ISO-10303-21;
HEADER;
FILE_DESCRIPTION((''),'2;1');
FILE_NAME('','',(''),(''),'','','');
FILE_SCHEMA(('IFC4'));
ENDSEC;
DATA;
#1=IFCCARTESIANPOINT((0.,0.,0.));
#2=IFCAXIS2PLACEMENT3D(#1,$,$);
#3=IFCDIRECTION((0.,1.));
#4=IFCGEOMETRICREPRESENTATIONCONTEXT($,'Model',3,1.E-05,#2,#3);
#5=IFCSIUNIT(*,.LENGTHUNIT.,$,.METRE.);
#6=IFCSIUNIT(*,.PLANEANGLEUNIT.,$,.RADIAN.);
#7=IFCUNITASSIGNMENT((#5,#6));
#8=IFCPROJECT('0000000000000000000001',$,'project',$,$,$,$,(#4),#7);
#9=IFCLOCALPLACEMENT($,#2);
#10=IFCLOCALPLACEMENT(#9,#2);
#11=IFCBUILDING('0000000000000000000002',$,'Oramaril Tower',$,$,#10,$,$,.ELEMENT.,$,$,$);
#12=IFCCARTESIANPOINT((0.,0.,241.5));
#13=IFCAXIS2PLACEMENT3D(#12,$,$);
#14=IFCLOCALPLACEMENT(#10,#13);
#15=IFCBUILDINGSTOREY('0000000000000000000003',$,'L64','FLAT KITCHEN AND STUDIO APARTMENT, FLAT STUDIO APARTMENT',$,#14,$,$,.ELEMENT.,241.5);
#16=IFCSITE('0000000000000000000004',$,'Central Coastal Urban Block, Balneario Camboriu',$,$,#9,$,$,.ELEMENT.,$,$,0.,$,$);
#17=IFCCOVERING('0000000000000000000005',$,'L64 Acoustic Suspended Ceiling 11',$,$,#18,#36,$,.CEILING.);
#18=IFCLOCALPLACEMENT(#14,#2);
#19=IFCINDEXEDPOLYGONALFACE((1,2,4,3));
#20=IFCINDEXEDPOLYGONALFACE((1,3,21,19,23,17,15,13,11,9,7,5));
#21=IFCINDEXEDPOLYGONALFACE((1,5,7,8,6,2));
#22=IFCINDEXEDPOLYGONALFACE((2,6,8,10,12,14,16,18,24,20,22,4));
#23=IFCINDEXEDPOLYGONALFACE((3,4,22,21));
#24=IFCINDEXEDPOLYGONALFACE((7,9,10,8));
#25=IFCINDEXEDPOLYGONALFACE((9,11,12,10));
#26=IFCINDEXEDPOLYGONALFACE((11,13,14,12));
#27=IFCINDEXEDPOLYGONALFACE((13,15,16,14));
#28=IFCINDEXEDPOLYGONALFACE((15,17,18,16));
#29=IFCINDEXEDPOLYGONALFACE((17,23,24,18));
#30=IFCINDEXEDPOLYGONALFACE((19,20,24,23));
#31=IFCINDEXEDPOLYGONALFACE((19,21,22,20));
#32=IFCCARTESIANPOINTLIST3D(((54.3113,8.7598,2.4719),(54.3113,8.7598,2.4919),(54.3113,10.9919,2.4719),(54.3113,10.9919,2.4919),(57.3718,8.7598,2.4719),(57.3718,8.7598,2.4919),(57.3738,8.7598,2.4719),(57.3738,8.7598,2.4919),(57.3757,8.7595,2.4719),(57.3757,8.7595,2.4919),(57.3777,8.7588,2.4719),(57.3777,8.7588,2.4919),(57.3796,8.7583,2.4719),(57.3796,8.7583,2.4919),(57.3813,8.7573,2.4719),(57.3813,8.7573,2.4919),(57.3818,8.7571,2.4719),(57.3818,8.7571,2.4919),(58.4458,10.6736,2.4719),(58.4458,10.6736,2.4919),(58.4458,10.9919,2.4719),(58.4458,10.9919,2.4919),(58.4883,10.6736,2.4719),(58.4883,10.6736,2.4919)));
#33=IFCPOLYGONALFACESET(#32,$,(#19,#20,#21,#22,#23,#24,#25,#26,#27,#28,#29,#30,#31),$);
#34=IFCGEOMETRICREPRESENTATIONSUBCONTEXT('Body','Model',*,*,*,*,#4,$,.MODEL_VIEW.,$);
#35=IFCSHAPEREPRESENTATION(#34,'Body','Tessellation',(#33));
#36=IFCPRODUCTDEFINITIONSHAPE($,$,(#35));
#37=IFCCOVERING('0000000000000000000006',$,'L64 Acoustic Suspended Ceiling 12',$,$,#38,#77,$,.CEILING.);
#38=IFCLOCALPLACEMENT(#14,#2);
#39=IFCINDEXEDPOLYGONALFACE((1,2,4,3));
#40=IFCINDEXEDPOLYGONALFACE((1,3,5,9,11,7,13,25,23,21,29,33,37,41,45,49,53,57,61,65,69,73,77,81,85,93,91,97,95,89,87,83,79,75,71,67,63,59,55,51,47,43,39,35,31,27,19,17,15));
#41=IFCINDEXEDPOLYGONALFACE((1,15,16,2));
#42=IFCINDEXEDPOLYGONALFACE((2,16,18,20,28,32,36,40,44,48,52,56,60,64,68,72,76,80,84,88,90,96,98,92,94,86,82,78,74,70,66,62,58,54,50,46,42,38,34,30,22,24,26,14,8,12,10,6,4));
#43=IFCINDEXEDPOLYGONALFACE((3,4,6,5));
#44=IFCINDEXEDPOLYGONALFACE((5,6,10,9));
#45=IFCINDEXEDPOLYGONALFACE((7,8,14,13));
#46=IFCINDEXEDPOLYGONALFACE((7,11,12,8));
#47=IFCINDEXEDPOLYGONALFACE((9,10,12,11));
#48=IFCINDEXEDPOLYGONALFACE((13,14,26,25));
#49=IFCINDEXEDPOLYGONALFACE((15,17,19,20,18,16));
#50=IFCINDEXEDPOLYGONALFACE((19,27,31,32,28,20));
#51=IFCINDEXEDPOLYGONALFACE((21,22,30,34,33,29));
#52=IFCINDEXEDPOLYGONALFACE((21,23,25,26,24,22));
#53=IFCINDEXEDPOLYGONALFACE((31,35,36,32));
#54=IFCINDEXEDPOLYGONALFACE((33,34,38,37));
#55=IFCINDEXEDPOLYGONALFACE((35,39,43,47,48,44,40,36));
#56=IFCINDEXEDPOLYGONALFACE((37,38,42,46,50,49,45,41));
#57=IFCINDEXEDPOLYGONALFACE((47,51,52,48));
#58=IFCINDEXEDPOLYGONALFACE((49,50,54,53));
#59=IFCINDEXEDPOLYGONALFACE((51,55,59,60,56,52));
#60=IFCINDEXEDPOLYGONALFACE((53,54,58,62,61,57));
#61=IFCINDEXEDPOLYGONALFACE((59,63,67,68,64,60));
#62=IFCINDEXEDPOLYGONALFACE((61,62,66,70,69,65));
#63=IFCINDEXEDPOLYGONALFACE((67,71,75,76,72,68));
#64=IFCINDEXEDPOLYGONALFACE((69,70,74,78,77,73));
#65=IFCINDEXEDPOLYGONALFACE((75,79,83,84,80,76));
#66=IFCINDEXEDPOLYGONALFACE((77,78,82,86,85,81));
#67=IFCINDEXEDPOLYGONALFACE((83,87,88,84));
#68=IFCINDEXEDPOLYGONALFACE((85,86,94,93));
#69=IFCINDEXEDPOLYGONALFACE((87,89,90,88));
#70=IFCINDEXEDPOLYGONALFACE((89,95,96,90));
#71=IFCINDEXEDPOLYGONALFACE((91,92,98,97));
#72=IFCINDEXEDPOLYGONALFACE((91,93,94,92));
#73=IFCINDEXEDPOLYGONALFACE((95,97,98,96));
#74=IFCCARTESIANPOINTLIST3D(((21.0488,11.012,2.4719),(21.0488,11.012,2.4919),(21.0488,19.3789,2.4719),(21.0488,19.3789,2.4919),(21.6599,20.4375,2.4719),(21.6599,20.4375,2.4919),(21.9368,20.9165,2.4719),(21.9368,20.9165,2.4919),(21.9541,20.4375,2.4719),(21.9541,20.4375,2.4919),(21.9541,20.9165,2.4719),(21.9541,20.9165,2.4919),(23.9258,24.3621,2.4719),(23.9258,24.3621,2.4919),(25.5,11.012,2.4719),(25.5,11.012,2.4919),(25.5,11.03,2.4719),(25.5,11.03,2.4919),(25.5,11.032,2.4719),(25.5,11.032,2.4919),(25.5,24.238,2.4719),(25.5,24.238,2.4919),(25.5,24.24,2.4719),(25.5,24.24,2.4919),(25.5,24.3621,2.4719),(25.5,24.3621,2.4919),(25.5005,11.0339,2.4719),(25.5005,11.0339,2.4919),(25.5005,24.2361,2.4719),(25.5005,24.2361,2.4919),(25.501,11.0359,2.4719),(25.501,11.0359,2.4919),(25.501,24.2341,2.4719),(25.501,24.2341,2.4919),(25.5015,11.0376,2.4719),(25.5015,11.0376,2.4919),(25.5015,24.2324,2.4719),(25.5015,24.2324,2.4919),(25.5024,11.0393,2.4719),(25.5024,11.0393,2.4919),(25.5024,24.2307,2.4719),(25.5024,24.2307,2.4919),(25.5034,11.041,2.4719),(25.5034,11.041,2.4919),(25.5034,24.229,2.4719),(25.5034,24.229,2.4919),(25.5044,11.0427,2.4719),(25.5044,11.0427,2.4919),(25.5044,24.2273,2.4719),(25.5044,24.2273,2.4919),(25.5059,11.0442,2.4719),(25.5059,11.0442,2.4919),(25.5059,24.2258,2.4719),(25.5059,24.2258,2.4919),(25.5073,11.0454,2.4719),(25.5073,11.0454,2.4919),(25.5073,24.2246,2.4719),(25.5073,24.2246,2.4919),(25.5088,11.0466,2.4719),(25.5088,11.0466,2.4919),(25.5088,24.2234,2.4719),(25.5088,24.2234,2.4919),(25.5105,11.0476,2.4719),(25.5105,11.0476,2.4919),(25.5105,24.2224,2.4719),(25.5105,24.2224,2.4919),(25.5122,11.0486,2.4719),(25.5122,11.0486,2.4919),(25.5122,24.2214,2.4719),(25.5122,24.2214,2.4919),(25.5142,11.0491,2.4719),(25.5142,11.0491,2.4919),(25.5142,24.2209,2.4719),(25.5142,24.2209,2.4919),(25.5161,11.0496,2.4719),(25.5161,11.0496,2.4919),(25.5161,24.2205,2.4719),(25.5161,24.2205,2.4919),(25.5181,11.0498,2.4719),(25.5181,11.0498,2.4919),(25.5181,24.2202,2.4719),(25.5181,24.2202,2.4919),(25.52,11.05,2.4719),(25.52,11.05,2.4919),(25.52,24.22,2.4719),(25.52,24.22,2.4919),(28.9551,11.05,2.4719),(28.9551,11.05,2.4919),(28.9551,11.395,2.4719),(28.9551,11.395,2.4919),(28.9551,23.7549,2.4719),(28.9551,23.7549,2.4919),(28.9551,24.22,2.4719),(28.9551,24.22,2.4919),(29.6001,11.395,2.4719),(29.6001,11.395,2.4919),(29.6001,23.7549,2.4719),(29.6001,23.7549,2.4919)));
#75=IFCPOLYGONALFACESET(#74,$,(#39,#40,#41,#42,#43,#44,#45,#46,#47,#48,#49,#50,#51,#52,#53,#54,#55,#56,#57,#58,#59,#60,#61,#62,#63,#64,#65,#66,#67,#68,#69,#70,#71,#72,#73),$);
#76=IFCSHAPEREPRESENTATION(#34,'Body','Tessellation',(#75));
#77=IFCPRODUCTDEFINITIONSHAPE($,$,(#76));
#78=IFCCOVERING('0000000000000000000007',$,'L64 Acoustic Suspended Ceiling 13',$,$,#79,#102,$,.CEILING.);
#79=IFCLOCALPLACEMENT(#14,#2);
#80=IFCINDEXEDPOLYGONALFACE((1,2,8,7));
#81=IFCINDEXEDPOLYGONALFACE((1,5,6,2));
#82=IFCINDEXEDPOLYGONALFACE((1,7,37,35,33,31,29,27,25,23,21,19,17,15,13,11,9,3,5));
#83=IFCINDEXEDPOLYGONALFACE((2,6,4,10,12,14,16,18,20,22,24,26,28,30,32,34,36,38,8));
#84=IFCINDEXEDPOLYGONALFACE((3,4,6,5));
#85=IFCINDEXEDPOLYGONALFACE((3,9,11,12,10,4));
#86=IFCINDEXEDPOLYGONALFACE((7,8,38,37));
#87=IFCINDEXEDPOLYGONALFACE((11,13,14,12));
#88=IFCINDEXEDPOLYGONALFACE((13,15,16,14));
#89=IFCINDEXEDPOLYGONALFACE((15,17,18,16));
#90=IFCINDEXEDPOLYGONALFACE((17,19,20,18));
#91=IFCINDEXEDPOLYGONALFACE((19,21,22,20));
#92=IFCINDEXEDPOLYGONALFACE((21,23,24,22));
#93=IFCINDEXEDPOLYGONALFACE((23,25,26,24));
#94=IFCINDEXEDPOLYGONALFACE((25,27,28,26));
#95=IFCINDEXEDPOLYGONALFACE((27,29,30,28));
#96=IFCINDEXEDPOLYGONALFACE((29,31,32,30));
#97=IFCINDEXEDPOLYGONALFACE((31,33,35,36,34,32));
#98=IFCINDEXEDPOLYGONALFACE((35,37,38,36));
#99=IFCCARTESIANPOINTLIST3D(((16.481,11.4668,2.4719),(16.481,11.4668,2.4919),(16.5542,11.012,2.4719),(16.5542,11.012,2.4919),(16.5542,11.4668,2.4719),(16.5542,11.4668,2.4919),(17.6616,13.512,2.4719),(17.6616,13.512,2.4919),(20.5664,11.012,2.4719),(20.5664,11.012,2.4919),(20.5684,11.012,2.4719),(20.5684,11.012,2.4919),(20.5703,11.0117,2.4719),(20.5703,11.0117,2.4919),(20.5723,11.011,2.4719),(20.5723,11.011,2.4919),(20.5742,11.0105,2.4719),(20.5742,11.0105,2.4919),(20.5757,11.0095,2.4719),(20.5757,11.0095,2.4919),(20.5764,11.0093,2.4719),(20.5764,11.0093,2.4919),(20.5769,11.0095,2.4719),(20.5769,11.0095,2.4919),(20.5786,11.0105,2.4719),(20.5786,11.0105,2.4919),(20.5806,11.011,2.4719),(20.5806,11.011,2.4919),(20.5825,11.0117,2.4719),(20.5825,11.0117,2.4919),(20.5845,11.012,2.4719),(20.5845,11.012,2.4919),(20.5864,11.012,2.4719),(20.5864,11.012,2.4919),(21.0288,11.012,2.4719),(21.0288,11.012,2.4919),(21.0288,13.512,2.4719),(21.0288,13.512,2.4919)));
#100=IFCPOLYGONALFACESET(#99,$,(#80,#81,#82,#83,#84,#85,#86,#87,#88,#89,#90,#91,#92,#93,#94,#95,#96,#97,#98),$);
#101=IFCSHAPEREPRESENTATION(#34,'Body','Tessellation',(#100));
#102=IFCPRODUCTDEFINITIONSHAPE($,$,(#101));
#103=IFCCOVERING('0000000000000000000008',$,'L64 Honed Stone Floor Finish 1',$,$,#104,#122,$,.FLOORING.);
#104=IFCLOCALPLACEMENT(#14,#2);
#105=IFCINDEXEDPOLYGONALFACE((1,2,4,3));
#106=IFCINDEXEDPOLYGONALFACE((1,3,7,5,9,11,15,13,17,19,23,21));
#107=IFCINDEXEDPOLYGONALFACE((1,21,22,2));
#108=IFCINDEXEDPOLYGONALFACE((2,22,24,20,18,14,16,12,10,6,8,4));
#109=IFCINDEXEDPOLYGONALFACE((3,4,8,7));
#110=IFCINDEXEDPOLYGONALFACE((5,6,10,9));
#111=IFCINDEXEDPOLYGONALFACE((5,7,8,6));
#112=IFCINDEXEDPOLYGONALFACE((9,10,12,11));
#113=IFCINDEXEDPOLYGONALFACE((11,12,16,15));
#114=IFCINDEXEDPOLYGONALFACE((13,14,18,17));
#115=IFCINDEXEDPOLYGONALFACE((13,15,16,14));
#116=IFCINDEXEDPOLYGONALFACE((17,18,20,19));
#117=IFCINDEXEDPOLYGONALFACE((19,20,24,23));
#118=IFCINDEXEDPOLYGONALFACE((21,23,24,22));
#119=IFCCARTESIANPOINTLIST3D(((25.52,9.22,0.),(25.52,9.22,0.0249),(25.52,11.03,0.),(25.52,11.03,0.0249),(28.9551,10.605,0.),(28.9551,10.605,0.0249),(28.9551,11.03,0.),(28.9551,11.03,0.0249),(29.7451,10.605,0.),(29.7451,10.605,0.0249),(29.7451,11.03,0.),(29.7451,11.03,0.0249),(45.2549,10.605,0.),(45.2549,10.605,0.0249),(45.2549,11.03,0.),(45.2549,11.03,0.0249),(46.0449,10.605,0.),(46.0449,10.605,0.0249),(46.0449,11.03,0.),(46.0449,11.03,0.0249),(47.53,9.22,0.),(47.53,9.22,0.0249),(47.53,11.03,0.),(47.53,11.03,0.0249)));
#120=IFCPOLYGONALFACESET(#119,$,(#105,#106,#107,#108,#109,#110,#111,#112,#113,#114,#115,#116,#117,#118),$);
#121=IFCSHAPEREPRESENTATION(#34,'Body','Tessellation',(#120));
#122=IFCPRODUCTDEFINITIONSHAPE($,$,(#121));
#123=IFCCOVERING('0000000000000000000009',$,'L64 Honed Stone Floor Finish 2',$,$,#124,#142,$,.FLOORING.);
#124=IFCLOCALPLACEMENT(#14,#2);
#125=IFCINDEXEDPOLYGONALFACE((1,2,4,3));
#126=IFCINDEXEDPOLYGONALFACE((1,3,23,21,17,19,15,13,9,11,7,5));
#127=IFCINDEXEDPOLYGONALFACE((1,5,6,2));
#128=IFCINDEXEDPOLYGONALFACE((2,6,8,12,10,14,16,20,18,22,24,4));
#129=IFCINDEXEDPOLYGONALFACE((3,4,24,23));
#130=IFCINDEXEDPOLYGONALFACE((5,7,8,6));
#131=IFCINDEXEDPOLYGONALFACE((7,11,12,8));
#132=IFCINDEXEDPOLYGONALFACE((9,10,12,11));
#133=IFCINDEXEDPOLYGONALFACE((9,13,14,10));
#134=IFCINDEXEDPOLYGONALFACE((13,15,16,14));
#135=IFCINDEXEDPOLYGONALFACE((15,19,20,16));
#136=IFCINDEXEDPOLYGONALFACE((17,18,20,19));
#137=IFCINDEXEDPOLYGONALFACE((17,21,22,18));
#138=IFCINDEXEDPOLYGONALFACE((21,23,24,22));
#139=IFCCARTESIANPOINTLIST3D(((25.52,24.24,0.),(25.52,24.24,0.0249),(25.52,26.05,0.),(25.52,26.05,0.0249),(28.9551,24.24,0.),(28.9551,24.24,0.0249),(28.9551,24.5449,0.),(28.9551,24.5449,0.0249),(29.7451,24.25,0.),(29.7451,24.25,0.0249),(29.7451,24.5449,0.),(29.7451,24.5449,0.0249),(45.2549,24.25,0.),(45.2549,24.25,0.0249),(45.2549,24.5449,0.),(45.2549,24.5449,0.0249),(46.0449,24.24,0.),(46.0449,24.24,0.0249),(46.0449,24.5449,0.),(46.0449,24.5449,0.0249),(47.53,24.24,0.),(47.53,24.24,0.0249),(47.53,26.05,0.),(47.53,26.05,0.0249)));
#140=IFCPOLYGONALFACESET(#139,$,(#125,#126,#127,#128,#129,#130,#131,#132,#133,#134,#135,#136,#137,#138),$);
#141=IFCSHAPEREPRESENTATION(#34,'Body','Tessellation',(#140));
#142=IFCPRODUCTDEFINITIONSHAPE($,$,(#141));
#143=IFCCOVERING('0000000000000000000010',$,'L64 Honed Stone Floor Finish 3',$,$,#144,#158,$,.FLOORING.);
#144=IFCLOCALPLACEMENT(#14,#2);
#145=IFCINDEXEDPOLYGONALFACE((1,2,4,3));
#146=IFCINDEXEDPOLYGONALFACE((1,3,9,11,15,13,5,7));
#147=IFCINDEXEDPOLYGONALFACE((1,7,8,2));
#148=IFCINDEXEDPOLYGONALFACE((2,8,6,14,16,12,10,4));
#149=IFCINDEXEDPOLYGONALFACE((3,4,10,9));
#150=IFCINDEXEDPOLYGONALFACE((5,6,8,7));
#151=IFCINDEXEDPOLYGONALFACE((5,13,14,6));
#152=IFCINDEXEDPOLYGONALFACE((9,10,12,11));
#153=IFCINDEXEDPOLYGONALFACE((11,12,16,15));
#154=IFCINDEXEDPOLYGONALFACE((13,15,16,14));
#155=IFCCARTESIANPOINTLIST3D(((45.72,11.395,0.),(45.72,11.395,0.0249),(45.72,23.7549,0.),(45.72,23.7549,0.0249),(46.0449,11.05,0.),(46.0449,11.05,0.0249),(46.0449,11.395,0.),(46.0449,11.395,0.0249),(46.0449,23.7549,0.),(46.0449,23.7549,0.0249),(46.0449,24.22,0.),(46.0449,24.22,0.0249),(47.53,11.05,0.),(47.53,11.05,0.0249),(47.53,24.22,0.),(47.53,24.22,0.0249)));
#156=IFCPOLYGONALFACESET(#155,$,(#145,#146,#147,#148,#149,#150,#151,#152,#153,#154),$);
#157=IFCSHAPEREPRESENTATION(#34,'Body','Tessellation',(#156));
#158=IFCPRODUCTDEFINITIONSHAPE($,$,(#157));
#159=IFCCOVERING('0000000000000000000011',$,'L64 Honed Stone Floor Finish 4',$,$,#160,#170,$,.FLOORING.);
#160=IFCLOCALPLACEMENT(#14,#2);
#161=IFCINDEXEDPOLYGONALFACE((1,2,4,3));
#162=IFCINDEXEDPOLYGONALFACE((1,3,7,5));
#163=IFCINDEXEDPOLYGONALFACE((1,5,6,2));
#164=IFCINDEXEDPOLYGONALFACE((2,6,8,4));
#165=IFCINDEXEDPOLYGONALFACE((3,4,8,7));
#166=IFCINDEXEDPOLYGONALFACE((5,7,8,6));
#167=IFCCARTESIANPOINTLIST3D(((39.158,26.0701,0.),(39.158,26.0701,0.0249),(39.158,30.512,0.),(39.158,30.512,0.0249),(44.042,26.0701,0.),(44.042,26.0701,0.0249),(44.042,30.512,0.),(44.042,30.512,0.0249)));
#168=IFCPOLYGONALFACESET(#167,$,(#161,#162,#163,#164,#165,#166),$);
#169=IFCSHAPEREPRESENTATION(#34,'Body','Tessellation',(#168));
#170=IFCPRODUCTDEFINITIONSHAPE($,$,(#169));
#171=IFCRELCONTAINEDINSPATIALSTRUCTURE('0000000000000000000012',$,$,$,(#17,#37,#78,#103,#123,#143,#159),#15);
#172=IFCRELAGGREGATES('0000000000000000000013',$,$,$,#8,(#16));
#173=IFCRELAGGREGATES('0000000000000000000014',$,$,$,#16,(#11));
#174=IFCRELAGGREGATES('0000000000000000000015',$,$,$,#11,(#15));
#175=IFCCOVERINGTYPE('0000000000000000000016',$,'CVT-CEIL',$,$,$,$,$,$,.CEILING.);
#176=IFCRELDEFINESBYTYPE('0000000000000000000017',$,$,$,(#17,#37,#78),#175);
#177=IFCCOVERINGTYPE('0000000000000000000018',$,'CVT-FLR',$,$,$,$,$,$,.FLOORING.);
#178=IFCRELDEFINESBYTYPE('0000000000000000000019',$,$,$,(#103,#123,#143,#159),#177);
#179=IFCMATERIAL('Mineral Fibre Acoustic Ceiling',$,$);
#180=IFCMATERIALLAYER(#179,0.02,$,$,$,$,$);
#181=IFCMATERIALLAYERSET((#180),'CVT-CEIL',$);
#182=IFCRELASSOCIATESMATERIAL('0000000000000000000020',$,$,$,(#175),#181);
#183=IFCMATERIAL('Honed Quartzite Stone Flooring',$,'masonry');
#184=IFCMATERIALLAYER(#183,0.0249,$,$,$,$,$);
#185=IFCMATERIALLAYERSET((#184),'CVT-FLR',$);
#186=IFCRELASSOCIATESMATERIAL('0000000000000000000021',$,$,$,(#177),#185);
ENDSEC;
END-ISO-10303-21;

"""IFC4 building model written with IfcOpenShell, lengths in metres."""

from ifc_helpers import new_model, si_unit, direction, frame, origin, place, context, subcontext, project, spatial, polyline, outline, extrude, material, layer, layer_set, type_object, element, save


model = new_model("IFC4")

# Units and contexts
model_context = context("Model", 3, precision=1e-05, world=origin(), true_north=direction((0.0, 1.0)))
body_context = subcontext(model_context, "Body", "Model", "MODEL_VIEW")
ifc_project = project(units=[si_unit("LENGTHUNIT", "METRE"), si_unit("PLANEANGLEUNIT", "RADIAN")], contexts=[model_context])

# Site, building, storey
site_placement = place(None, origin())
site = spatial("IfcSite", under=ifc_project, at=site_placement, Name="Central Coastal Urban Block, Balneario Camboriu", CompositionType="ELEMENT", RefElevation=0.0)
building_placement = place(site_placement, origin())
building = spatial("IfcBuilding", under=site, at=building_placement, Name="Oramaril Tower", CompositionType="ELEMENT")
storey_placement = place(building_placement, frame((0.0, 0.0, 241.5)))
storey = spatial("IfcBuildingStorey", under=building, at=storey_placement, Name="L64", Description="FLAT KITCHEN AND STUDIO APARTMENT, FLAT STUDIO APARTMENT", CompositionType="ELEMENT", Elevation=241.5)

# Coverings
ifc_material_1 = material(Name="Mineral Fibre Acoustic Ceiling")
ifc_layer_1 = layer(ifc_material_1, 0.02)
ifc_layer_set_1 = layer_set([ifc_layer_1], Name="CVT-CEIL")
covering_type_1 = type_object("IfcCoveringType", Name="CVT-CEIL", PredefinedType="CEILING", material=ifc_layer_set_1)
covering_1_placement = place(storey_placement, frame((0.0, 0.0, 2.4719)))
element("IfcCovering", 1, at=covering_1_placement, inside=storey, type_object=covering_type_1, Name="L64 Acoustic Suspended Ceiling 11", PredefinedType="CEILING", context=body_context, shape_type="SweptSolid", body=[
    extrude(outline(polyline([(58.4458, 10.6736), (58.4883, 10.6736), (57.3818, 8.7571), (57.3813, 8.7573), (57.3796, 8.7583), (57.3777, 8.7588), (57.3757, 8.7595), (57.3738, 8.7598), (57.3718, 8.7598), (54.3113, 8.7598), (54.3113, 10.9919), (58.4458, 10.9919), (58.4458, 10.6736)])), origin(), (0.0, 0.0, 1.0), 0.02),
])
covering_2_placement = place(storey_placement, frame((0.0, 0.0, 2.4719)))
element("IfcCovering", 2, at=covering_2_placement, inside=storey, type_object=covering_type_1, Name="L64 Acoustic Suspended Ceiling 12", PredefinedType="CEILING", context=body_context, shape_type="SweptSolid", body=[
    extrude(outline(polyline([(28.9551, 23.7549), (29.6001, 23.7549), (29.6001, 11.395), (28.9551, 11.395), (28.9551, 11.05), (25.52, 11.05), (25.5181, 11.0498), (25.5161, 11.0496), (25.5142, 11.0491), (25.5122, 11.0486), (25.5105, 11.0476), (25.5088, 11.0466), (25.5073, 11.0454), (25.5059, 11.0442), (25.5044, 11.0427), (25.5034, 11.041), (25.5024, 11.0393), (25.5015, 11.0376), (25.501, 11.0359), (25.5005, 11.0339), (25.5, 11.032), (25.5, 11.03), (25.5, 11.012), (21.0488, 11.012), (21.0488, 19.3789), (21.6599, 20.4375), (21.9541, 20.4375), (21.9541, 20.9165), (21.9368, 20.9165), (23.9258, 24.3621), (25.5, 24.3621), (25.5, 24.24), (25.5, 24.238), (25.5005, 24.2361), (25.501, 24.2341), (25.5015, 24.2324), (25.5024, 24.2307), (25.5034, 24.229), (25.5044, 24.2273), (25.5059, 24.2258), (25.5073, 24.2246), (25.5088, 24.2234), (25.5105, 24.2224), (25.5122, 24.2214), (25.5142, 24.2209), (25.5161, 24.2205), (25.5181, 24.2202), (25.52, 24.22), (28.9551, 24.22), (28.9551, 23.7549)])), origin(), (0.0, 0.0, 1.0), 0.02),
])
covering_3_placement = place(storey_placement, frame((0.0, 0.0, 2.4719)))
element("IfcCovering", 3, at=covering_3_placement, inside=storey, type_object=covering_type_1, Name="L64 Acoustic Suspended Ceiling 13", PredefinedType="CEILING", context=body_context, shape_type="SweptSolid", body=[
    extrude(outline(polyline([(16.5542, 11.4668), (16.481, 11.4668), (17.6616, 13.512), (21.0288, 13.512), (21.0288, 11.012), (20.5864, 11.012), (20.5845, 11.012), (20.5825, 11.0117), (20.5806, 11.011), (20.5786, 11.0105), (20.5769, 11.0095), (20.5764, 11.0093), (20.5757, 11.0095), (20.5742, 11.0105), (20.5723, 11.011), (20.5703, 11.0117), (20.5684, 11.012), (20.5664, 11.012), (16.5542, 11.012), (16.5542, 11.4668)])), origin(), (0.0, 0.0, 1.0), 0.02),
])
ifc_material_2 = material(Name="Honed Quartzite Stone Flooring", Category="masonry")
ifc_layer_2 = layer(ifc_material_2, 0.0249)
ifc_layer_set_2 = layer_set([ifc_layer_2], Name="CVT-FLR")
covering_type_2 = type_object("IfcCoveringType", Name="CVT-FLR", PredefinedType="FLOORING", material=ifc_layer_set_2)
covering_4_placement = place(storey_placement, origin())
element("IfcCovering", 4, at=covering_4_placement, inside=storey, type_object=covering_type_2, Name="L64 Honed Stone Floor Finish 1", PredefinedType="FLOORING", context=body_context, shape_type="SweptSolid", body=[
    extrude(outline(polyline([(28.9551, 10.605), (29.7451, 10.605), (29.7451, 11.03), (45.2549, 11.03), (45.2549, 10.605), (46.0449, 10.605), (46.0449, 11.03), (47.53, 11.03), (47.53, 9.22), (25.52, 9.22), (25.52, 11.03), (28.9551, 11.03), (28.9551, 10.605)])), origin(), (0.0, 0.0, 1.0), 0.0249),
])
covering_5_placement = place(storey_placement, origin())
element("IfcCovering", 5, at=covering_5_placement, inside=storey, type_object=covering_type_2, Name="L64 Honed Stone Floor Finish 2", PredefinedType="FLOORING", context=body_context, shape_type="SweptSolid", body=[
    extrude(outline(polyline([(47.53, 24.24), (46.0449, 24.24), (46.0449, 24.5449), (45.2549, 24.5449), (45.2549, 24.25), (29.7451, 24.25), (29.7451, 24.5449), (28.9551, 24.5449), (28.9551, 24.24), (25.52, 24.24), (25.52, 26.05), (47.53, 26.05), (47.53, 24.24)])), origin(), (0.0, 0.0, 1.0), 0.0249),
])
covering_6_placement = place(storey_placement, origin())
element("IfcCovering", 6, at=covering_6_placement, inside=storey, type_object=covering_type_2, Name="L64 Honed Stone Floor Finish 3", PredefinedType="FLOORING", context=body_context, shape_type="SweptSolid", body=[
    extrude(outline(polyline([(47.53, 11.05), (46.0449, 11.05), (46.0449, 11.395), (45.72, 11.395), (45.72, 23.7549), (46.0449, 23.7549), (46.0449, 24.22), (47.53, 24.22), (47.53, 11.05)])), origin(), (0.0, 0.0, 1.0), 0.0249),
])
covering_7_placement = place(storey_placement, origin())
element("IfcCovering", 7, at=covering_7_placement, inside=storey, type_object=covering_type_2, Name="L64 Honed Stone Floor Finish 4", PredefinedType="FLOORING", context=body_context, shape_type="SweptSolid", body=[
    extrude(outline(polyline([(44.042, 30.512), (44.042, 26.0701), (39.158, 26.0701), (39.158, 30.512), (44.042, 30.512)])), origin(), (0.0, 0.0, 1.0), 0.0249),
])

save(model, "model.ifc")
